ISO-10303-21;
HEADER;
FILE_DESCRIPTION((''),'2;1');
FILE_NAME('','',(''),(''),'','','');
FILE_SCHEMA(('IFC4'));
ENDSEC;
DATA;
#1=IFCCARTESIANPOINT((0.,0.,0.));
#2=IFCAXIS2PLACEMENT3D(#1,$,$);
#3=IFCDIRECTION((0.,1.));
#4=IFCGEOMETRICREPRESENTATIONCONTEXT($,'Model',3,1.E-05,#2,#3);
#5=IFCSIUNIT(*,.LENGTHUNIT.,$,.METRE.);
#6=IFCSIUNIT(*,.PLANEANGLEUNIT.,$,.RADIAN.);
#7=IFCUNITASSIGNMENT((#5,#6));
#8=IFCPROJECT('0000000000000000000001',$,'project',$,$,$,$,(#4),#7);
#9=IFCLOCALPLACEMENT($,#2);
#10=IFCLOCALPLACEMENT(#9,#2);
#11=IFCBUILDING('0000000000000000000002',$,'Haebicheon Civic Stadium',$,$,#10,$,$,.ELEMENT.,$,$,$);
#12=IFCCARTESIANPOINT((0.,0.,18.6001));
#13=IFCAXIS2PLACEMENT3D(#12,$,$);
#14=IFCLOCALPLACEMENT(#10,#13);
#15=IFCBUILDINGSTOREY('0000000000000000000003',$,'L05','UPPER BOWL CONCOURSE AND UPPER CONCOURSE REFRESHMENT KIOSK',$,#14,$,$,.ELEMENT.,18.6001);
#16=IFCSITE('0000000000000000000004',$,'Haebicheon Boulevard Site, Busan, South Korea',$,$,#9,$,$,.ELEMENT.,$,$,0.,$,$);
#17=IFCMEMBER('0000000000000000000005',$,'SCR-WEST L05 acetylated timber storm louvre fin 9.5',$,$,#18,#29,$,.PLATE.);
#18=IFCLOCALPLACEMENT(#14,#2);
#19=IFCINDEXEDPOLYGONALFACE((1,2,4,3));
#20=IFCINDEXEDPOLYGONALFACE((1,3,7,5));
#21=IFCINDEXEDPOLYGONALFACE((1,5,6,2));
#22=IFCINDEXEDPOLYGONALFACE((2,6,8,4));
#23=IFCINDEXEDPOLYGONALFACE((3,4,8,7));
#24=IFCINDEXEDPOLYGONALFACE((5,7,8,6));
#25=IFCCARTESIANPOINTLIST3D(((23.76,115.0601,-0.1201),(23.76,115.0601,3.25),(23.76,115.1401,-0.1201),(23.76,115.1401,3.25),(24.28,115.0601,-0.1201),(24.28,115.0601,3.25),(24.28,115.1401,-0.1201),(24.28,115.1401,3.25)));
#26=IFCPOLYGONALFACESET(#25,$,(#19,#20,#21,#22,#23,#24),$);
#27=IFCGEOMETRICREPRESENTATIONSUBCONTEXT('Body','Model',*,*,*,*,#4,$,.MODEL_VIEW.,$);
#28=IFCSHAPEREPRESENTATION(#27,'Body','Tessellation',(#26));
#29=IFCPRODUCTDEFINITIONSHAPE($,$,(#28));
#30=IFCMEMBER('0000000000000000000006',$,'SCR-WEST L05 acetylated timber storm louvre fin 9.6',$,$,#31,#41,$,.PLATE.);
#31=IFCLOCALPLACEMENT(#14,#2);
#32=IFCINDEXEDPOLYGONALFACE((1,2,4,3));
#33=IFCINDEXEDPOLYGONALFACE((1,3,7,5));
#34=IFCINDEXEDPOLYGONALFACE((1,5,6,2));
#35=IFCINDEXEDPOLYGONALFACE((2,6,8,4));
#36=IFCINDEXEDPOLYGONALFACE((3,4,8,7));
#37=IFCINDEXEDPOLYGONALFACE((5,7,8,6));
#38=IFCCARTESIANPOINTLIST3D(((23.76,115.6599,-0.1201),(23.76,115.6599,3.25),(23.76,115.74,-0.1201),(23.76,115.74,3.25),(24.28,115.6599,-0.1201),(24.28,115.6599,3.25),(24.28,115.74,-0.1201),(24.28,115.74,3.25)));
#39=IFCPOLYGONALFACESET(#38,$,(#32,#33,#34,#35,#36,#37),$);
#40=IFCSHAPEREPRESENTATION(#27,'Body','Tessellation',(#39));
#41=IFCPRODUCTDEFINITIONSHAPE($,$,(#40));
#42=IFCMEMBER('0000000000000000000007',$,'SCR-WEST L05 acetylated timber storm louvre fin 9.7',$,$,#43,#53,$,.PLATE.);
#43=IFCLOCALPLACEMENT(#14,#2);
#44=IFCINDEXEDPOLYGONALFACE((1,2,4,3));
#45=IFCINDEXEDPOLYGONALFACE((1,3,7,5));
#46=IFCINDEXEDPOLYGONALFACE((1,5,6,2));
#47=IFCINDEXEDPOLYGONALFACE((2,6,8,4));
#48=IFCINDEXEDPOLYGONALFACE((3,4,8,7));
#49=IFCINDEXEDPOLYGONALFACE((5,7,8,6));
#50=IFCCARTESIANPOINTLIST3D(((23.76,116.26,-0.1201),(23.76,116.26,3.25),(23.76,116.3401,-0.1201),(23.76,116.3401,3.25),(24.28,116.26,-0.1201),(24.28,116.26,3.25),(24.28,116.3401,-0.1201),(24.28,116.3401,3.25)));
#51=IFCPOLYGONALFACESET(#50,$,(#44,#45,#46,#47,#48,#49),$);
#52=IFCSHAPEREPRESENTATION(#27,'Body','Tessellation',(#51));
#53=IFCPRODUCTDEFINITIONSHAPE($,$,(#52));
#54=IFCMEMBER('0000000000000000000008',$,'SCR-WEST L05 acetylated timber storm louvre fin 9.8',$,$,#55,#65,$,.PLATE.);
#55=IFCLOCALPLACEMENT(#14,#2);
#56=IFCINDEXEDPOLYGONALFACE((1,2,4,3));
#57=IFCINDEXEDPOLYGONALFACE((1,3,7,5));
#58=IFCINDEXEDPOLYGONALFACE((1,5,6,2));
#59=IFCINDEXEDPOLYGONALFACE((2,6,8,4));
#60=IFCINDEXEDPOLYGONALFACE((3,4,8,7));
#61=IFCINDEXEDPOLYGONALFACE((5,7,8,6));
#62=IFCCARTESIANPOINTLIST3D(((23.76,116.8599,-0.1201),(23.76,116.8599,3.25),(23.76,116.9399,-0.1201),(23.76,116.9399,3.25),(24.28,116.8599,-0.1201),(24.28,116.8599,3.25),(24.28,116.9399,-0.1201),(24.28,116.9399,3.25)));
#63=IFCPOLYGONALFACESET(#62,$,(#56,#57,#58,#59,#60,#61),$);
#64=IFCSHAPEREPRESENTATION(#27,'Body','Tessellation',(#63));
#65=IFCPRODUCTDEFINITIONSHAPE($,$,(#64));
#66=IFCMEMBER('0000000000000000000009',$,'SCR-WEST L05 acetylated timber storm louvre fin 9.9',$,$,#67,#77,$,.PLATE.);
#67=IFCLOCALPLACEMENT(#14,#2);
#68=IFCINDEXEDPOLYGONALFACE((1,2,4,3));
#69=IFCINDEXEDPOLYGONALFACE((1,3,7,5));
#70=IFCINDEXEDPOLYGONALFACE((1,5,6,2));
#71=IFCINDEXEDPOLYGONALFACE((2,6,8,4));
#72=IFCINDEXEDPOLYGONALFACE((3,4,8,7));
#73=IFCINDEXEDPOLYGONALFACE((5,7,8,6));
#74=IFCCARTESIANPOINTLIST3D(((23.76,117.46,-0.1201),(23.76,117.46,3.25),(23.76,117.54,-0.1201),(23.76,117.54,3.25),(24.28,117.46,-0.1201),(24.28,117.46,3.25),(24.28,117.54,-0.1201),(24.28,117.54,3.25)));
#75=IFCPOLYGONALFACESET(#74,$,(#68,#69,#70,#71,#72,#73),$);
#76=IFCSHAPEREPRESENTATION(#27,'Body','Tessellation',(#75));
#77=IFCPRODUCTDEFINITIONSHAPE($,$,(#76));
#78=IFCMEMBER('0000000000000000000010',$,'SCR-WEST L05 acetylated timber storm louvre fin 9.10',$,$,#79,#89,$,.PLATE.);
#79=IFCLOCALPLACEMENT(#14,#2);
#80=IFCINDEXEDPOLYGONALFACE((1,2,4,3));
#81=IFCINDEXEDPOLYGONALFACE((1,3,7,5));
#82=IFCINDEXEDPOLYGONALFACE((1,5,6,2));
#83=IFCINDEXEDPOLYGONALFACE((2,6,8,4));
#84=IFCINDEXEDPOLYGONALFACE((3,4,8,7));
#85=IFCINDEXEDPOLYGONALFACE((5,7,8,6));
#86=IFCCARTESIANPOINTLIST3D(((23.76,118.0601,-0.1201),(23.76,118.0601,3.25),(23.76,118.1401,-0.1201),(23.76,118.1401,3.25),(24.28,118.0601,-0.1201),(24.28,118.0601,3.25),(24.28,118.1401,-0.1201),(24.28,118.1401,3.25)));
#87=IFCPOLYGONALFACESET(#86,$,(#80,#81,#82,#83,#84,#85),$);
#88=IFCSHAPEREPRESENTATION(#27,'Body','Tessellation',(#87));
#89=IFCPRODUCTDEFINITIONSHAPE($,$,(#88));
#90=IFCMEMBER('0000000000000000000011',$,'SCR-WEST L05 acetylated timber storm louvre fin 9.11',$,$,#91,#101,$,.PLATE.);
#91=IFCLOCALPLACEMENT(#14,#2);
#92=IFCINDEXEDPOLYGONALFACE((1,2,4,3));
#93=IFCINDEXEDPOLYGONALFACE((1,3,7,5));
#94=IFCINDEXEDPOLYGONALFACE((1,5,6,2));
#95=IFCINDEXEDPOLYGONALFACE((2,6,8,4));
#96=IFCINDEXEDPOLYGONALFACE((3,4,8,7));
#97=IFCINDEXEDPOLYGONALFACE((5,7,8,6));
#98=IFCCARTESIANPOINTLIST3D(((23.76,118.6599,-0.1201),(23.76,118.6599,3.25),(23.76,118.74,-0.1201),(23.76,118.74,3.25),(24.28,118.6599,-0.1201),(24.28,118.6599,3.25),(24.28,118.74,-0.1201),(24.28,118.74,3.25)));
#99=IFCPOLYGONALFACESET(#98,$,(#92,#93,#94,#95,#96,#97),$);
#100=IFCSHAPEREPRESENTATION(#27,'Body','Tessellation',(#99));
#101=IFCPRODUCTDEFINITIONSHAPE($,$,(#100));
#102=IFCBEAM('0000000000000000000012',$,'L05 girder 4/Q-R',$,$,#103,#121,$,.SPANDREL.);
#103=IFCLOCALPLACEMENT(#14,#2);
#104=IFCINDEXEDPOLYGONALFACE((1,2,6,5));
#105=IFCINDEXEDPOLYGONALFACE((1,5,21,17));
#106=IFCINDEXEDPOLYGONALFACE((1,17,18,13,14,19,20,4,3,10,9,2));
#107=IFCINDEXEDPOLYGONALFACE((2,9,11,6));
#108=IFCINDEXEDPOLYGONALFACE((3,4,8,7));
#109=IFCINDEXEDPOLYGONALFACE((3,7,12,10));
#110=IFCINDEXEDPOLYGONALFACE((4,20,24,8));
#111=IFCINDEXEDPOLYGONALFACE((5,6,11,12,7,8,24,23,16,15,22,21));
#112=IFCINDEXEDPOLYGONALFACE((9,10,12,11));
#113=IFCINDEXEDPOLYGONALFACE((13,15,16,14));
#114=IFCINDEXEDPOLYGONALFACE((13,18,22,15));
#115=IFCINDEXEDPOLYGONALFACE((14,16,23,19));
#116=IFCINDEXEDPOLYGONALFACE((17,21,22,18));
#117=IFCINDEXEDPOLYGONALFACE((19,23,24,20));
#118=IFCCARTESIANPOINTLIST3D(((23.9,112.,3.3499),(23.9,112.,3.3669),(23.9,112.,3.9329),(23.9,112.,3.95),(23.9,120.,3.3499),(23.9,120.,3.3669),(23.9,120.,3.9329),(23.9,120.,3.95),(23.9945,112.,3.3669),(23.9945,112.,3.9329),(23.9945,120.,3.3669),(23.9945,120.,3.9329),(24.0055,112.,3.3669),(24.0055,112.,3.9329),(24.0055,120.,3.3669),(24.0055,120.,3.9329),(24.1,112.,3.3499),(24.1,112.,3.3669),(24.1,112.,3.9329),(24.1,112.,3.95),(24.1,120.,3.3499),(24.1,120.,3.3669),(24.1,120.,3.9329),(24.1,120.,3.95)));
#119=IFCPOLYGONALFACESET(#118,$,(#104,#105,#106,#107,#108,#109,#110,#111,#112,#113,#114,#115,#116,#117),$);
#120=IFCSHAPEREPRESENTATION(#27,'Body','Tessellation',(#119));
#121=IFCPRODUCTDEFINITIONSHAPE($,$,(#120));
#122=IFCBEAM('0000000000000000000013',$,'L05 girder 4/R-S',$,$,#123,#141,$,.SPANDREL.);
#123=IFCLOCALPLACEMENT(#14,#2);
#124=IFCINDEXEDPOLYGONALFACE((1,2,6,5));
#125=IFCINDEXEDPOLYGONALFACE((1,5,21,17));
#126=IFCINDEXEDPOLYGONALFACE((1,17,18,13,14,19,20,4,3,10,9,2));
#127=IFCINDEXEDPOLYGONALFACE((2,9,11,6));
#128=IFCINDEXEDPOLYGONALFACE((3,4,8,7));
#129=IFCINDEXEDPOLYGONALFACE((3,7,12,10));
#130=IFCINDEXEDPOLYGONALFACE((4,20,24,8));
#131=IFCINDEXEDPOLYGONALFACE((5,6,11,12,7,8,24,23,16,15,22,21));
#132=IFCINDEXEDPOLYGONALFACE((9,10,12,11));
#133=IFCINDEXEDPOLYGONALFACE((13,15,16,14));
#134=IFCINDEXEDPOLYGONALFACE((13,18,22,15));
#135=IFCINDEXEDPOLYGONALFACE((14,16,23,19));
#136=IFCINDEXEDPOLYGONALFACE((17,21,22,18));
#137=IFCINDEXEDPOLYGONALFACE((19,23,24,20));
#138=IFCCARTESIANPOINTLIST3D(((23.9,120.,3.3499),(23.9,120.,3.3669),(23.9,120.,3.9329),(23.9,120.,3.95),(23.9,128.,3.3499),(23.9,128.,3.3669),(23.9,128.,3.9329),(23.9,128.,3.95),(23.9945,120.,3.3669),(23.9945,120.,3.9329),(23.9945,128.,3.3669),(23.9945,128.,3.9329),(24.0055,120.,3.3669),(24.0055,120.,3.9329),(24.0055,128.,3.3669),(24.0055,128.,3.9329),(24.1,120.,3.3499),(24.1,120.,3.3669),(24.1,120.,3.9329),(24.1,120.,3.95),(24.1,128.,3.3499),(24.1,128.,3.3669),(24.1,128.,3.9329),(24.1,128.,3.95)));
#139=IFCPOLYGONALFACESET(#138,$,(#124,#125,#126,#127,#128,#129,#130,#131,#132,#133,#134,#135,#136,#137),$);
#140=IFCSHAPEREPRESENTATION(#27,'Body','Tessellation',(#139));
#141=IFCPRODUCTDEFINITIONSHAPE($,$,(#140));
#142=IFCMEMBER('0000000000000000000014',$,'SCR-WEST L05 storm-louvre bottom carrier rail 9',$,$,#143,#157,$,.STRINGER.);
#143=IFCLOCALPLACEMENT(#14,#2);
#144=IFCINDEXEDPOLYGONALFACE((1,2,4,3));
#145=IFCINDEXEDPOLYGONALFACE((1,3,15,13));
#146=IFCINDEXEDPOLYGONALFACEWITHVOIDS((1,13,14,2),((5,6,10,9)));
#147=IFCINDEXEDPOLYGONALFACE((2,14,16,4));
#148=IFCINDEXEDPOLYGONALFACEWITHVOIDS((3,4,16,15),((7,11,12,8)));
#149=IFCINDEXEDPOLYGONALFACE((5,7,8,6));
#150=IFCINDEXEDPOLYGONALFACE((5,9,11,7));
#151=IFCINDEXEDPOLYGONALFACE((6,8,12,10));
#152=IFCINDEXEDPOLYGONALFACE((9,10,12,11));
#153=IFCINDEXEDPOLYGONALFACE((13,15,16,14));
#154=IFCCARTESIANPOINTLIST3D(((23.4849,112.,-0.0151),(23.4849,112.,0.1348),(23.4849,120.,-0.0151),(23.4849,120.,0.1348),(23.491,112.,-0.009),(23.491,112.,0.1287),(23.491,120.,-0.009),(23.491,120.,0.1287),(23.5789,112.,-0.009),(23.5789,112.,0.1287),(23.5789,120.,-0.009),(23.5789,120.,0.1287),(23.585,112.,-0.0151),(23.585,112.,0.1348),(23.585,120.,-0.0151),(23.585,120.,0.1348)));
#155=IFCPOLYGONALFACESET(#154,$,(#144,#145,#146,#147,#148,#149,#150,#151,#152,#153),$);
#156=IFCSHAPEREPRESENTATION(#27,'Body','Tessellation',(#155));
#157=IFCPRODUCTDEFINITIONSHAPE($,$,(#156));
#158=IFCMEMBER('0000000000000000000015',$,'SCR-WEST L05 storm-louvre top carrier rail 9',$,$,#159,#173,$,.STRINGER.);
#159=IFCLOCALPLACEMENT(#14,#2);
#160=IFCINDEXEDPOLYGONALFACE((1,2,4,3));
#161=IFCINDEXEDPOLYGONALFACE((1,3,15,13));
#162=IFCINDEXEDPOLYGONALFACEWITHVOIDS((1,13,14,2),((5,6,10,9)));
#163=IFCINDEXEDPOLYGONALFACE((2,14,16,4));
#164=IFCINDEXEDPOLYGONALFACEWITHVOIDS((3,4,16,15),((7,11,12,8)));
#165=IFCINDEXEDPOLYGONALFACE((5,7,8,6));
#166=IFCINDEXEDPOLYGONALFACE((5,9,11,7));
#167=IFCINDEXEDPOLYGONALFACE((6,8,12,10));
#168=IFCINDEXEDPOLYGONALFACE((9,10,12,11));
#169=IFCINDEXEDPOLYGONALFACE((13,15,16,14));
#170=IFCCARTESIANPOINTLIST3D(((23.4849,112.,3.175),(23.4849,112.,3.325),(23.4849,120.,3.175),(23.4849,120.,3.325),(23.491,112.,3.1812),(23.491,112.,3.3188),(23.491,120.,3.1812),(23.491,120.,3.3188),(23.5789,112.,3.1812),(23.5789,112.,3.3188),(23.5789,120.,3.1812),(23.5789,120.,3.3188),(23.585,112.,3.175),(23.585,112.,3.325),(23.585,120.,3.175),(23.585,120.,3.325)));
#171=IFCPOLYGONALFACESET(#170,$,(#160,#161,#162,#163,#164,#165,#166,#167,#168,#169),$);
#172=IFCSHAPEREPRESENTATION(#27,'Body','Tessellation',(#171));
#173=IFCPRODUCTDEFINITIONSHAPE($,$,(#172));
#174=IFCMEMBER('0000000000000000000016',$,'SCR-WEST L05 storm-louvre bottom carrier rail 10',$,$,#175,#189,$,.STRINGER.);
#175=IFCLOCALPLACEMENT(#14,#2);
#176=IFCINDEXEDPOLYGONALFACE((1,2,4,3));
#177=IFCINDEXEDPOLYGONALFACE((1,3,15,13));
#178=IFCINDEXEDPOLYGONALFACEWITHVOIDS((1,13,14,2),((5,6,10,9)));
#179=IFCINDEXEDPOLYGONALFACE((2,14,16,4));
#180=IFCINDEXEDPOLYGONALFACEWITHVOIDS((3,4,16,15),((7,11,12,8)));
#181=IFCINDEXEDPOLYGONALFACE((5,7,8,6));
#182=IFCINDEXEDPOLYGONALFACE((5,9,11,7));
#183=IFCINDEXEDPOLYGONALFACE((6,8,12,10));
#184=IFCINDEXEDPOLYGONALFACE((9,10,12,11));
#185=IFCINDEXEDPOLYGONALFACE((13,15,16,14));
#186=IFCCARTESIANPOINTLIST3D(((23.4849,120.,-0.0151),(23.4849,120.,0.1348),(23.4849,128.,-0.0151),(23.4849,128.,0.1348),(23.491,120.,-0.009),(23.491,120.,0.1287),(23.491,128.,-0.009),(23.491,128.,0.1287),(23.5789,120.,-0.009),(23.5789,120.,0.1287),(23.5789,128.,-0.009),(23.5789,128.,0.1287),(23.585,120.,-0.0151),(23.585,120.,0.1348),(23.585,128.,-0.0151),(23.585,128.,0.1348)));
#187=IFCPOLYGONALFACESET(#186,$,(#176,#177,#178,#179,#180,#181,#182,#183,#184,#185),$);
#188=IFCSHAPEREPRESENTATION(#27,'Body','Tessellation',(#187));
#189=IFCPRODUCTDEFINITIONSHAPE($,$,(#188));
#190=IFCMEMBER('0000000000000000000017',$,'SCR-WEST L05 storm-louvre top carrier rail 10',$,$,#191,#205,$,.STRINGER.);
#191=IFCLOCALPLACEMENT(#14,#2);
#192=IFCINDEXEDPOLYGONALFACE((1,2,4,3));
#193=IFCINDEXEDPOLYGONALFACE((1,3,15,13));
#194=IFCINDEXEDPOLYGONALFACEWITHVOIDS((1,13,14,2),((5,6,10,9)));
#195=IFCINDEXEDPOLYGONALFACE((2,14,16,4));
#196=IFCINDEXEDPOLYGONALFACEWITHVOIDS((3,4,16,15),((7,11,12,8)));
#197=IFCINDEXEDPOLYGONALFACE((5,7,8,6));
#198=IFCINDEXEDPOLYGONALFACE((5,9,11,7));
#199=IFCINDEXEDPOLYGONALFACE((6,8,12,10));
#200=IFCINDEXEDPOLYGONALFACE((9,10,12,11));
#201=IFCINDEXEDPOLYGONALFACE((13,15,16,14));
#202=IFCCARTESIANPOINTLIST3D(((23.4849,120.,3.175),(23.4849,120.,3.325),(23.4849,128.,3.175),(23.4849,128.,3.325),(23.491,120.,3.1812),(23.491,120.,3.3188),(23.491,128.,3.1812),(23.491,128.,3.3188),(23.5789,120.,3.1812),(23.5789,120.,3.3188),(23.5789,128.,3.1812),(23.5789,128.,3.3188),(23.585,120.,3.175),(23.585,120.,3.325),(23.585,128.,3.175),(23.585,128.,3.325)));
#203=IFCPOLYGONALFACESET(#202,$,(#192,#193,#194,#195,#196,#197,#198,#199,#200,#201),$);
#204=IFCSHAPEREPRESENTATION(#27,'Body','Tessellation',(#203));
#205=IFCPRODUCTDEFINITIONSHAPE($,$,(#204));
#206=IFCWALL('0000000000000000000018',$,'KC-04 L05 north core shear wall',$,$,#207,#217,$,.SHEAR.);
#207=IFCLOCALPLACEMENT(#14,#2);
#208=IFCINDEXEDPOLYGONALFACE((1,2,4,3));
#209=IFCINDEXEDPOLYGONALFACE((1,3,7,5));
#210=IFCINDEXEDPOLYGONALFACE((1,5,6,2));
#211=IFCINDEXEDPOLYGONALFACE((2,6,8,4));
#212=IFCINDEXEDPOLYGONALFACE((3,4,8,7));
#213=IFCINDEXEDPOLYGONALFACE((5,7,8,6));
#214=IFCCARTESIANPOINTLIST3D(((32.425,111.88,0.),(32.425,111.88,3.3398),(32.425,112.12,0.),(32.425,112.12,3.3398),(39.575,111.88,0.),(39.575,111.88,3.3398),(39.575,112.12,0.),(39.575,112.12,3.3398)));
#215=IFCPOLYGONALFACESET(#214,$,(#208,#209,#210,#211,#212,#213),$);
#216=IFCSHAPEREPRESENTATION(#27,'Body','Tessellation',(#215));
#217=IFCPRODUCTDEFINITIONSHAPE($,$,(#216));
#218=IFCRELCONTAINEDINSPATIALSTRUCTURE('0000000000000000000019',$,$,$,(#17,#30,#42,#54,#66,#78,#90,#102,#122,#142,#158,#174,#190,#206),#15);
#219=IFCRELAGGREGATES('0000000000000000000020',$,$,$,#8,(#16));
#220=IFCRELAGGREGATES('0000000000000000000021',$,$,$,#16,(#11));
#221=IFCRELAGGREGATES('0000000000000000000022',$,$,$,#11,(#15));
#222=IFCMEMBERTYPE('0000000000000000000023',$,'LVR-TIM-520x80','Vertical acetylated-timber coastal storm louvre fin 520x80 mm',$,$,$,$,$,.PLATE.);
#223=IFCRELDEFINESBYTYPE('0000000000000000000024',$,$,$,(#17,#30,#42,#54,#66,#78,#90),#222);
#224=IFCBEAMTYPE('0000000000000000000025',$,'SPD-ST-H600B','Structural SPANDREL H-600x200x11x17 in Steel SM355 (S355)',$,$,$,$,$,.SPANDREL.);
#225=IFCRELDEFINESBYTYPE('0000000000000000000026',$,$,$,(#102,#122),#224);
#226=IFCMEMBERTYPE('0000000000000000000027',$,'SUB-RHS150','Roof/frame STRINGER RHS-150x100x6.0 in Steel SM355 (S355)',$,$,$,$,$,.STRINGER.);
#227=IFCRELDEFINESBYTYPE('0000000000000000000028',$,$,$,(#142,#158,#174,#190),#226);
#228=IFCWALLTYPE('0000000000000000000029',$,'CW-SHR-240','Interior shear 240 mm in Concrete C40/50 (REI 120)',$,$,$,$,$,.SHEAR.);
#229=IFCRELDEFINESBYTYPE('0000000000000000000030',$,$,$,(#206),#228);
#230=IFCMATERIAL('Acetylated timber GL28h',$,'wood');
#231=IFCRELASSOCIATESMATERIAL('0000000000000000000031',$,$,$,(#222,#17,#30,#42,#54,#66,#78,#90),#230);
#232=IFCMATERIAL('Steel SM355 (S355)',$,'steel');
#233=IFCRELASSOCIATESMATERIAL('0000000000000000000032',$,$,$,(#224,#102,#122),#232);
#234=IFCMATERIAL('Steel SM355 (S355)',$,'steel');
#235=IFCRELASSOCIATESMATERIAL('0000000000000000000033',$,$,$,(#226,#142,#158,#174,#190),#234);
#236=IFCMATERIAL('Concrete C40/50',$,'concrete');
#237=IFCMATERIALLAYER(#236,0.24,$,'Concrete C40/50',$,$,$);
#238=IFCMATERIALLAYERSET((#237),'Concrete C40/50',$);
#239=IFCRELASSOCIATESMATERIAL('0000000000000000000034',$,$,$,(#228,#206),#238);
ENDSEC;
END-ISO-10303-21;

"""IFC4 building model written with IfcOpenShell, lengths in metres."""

from ifc_helpers import new_model, si_unit, direction, frame, frame_2d, origin, origin_2d, place, context, subcontext, project, spatial, rectangle, hollow_rectangle, i_section, extrude, material, layer, layer_set, material_profile, profile_set, type_object, element, save


model = new_model("IFC4")

# Units and contexts
model_context = context("Model", 3, precision=1e-05, world=origin(), true_north=direction((0.0, 1.0)))
body_context = subcontext(model_context, "Body", "Model", "MODEL_VIEW")
ifc_project = project(units=[si_unit("LENGTHUNIT", "METRE"), si_unit("PLANEANGLEUNIT", "RADIAN")], contexts=[model_context])

# Site, building, storey
site_placement = place(None, origin())
site = spatial("IfcSite", under=ifc_project, at=site_placement, Name="Haebicheon Boulevard Site, Busan, South Korea", CompositionType="ELEMENT", RefElevation=0.0)
building_placement = place(site_placement, origin())
building = spatial("IfcBuilding", under=site, at=building_placement, Name="Haebicheon Civic Stadium", CompositionType="ELEMENT")
storey_placement = place(building_placement, frame((0.0, 0.0, 18.6001)))
storey = spatial("IfcBuildingStorey", under=building, at=storey_placement, Name="L05", Description="UPPER BOWL CONCOURSE AND UPPER CONCOURSE REFRESHMENT KIOSK", CompositionType="ELEMENT", Elevation=18.6001)

# Members
ifc_material_1 = material(Name="Acetylated timber GL28h", Category="wood")
ifc_material_profile_1 = material_profile(ifc_material_1, rectangle(XDim=0.0801, YDim=0.52, at=origin_2d()), Name="TMB-LOUV-80x520")
ifc_profile_set_1 = profile_set([ifc_material_profile_1], Name="Acetylated timber GL28h")
member_type_1 = type_object("IfcMemberType", Name="LVR-TIM-520x80", Description="Vertical acetylated-timber coastal storm louvre fin 520x80 mm", PredefinedType="PLATE", material=ifc_profile_set_1)
for number, where, z_axis, x_axis, name in (
    (1, (24.02, 115.1001, -0.1201), (0.0, 0.0, 1.0), (0.0, 1.0, 0.0), "SCR-WEST L05 acetylated timber storm louvre fin 9.5"),
    (2, (24.02, 115.7, -0.1201), (0.0, 0.0, 1.0), (0.0, 1.0, 0.0), "SCR-WEST L05 acetylated timber storm louvre fin 9.6"),
    (3, (24.02, 116.3, -0.1201), (0.0, 0.0, 1.0), (0.0, 1.0, 0.0), "SCR-WEST L05 acetylated timber storm louvre fin 9.7"),
    (4, (24.02, 116.8999, -0.1201), (0.0, 0.0, 1.0), (0.0, 1.0, 0.0), "SCR-WEST L05 acetylated timber storm louvre fin 9.8"),
    (5, (24.02, 117.5, -0.1201), (0.0, 0.0, 1.0), (0.0, 1.0, 0.0), "SCR-WEST L05 acetylated timber storm louvre fin 9.9"),
    (6, (24.02, 118.1001, -0.1201), (0.0, 0.0, 1.0), (0.0, 1.0, 0.0), "SCR-WEST L05 acetylated timber storm louvre fin 9.10"),
    (7, (24.02, 118.7, -0.1201), (0.0, 0.0, 1.0), (0.0, 1.0, 0.0), "SCR-WEST L05 acetylated timber storm louvre fin 9.11"),
):
    element("IfcMember", number, at=place(storey_placement, frame(where, z_axis=z_axis, x_axis=x_axis)), inside=storey, type_object=member_type_1, material=ifc_profile_set_1, Name=name, PredefinedType="PLATE", context=body_context, shape_type="SweptSolid", body=[
        extrude(rectangle(XDim=0.0801, YDim=0.52, at=origin_2d()), origin(), (0.0, 0.0, 1.0), 3.3701),
    ])

# Beams
ifc_material_2 = material(Name="Steel SM355 (S355)", Category="steel")
ifc_material_profile_2 = material_profile(ifc_material_2, i_section(OverallWidth=0.2, OverallDepth=0.6001, WebThickness=0.011, FlangeThickness=0.0171, at=origin_2d()), Name="H-600x200x11x17")
ifc_profile_set_2 = profile_set([ifc_material_profile_2], Name="Steel SM355 (S355)")
beam_type_1 = type_object("IfcBeamType", Name="SPD-ST-H600B", Description="Structural SPANDREL H-600x200x11x17 in Steel SM355 (S355)", PredefinedType="SPANDREL", material=ifc_profile_set_2)
for number, where, z_axis, x_axis, name in (
    (8, (24.0, 112.0, 3.6499), (0.0, 1.0, 0.0), (-1.0, 0.0, 0.0), "L05 girder 4/Q-R"),
    (9, (24.0, 120.0, 3.6499), (0.0, 1.0, 0.0), (-1.0, 0.0, 0.0), "L05 girder 4/R-S"),
):
    element("IfcBeam", number, at=place(storey_placement, frame(where, z_axis=z_axis, x_axis=x_axis)), inside=storey, type_object=beam_type_1, material=ifc_profile_set_2, Name=name, PredefinedType="SPANDREL", context=body_context, shape_type="SweptSolid", body=[
        extrude(i_section(OverallWidth=0.2, OverallDepth=0.6001, WebThickness=0.011, FlangeThickness=0.0171, at=origin_2d()), origin(), (0.0, 0.0, 1.0), 8.0),
    ])

# Members
ifc_material_3 = material(Name="Steel SM355 (S355)", Category="steel")
ifc_material_profile_3 = material_profile(ifc_material_3, hollow_rectangle(XDim=0.1001, YDim=0.1499, WallThickness=0.0061, at=origin_2d()), Name="RHS-150x100x6.0")
ifc_profile_set_3 = profile_set([ifc_material_profile_3], Name="Steel SM355 (S355)")
member_type_2 = type_object("IfcMemberType", Name="SUB-RHS150", Description="Roof/frame STRINGER RHS-150x100x6.0 in Steel SM355 (S355)", PredefinedType="STRINGER", material=ifc_profile_set_3)
for number, where, z_axis, x_axis, name in (
    (10, (23.5349, 112.0, 0.0598), (0.0, 1.0, 0.0), (-1.0, 0.0, 0.0), "SCR-WEST L05 storm-louvre bottom carrier rail 9"),
    (11, (23.5349, 112.0, 3.25), (0.0, 1.0, 0.0), (-1.0, 0.0, 0.0), "SCR-WEST L05 storm-louvre top carrier rail 9"),
    (12, (23.5349, 120.0, 0.0598), (0.0, 1.0, 0.0), (-1.0, 0.0, 0.0), "SCR-WEST L05 storm-louvre bottom carrier rail 10"),
    (13, (23.5349, 120.0, 3.25), (0.0, 1.0, 0.0), (-1.0, 0.0, 0.0), "SCR-WEST L05 storm-louvre top carrier rail 10"),
):
    element("IfcMember", number, at=place(storey_placement, frame(where, z_axis=z_axis, x_axis=x_axis)), inside=storey, type_object=member_type_2, material=ifc_profile_set_3, Name=name, PredefinedType="STRINGER", context=body_context, shape_type="SweptSolid", body=[
        extrude(hollow_rectangle(XDim=0.1001, YDim=0.1499, WallThickness=0.0061, at=origin_2d()), origin(), (0.0, 0.0, 1.0), 8.0),
    ])

# Wall
ifc_material_4 = material(Name="Concrete C40/50", Category="concrete")
ifc_layer_1 = layer(ifc_material_4, 0.24, Name="Concrete C40/50")
ifc_layer_set_1 = layer_set([ifc_layer_1], Name="Concrete C40/50")
wall_type_1 = type_object("IfcWallType", Name="CW-SHR-240", Description="Interior shear 240 mm in Concrete C40/50 (REI 120)", PredefinedType="SHEAR", material=ifc_layer_set_1)
wall_1_placement = place(storey_placement, frame((32.425, 112.0, 0.0), z_axis=(0.0, 0.0, 1.0), x_axis=(1.0, 0.0, 0.0)))
element("IfcWall", 14, at=wall_1_placement, inside=storey, type_object=wall_type_1, material=ifc_layer_set_1, Name="KC-04 L05 north core shear wall", PredefinedType="SHEAR", context=body_context, shape_type="SweptSolid", body=[
    extrude(rectangle(XDim=7.1499, YDim=0.24, at=frame_2d((3.575, 0.0))), origin(), (0.0, 0.0, 1.0), 3.3398),
])

save(model, "model.ifc")
